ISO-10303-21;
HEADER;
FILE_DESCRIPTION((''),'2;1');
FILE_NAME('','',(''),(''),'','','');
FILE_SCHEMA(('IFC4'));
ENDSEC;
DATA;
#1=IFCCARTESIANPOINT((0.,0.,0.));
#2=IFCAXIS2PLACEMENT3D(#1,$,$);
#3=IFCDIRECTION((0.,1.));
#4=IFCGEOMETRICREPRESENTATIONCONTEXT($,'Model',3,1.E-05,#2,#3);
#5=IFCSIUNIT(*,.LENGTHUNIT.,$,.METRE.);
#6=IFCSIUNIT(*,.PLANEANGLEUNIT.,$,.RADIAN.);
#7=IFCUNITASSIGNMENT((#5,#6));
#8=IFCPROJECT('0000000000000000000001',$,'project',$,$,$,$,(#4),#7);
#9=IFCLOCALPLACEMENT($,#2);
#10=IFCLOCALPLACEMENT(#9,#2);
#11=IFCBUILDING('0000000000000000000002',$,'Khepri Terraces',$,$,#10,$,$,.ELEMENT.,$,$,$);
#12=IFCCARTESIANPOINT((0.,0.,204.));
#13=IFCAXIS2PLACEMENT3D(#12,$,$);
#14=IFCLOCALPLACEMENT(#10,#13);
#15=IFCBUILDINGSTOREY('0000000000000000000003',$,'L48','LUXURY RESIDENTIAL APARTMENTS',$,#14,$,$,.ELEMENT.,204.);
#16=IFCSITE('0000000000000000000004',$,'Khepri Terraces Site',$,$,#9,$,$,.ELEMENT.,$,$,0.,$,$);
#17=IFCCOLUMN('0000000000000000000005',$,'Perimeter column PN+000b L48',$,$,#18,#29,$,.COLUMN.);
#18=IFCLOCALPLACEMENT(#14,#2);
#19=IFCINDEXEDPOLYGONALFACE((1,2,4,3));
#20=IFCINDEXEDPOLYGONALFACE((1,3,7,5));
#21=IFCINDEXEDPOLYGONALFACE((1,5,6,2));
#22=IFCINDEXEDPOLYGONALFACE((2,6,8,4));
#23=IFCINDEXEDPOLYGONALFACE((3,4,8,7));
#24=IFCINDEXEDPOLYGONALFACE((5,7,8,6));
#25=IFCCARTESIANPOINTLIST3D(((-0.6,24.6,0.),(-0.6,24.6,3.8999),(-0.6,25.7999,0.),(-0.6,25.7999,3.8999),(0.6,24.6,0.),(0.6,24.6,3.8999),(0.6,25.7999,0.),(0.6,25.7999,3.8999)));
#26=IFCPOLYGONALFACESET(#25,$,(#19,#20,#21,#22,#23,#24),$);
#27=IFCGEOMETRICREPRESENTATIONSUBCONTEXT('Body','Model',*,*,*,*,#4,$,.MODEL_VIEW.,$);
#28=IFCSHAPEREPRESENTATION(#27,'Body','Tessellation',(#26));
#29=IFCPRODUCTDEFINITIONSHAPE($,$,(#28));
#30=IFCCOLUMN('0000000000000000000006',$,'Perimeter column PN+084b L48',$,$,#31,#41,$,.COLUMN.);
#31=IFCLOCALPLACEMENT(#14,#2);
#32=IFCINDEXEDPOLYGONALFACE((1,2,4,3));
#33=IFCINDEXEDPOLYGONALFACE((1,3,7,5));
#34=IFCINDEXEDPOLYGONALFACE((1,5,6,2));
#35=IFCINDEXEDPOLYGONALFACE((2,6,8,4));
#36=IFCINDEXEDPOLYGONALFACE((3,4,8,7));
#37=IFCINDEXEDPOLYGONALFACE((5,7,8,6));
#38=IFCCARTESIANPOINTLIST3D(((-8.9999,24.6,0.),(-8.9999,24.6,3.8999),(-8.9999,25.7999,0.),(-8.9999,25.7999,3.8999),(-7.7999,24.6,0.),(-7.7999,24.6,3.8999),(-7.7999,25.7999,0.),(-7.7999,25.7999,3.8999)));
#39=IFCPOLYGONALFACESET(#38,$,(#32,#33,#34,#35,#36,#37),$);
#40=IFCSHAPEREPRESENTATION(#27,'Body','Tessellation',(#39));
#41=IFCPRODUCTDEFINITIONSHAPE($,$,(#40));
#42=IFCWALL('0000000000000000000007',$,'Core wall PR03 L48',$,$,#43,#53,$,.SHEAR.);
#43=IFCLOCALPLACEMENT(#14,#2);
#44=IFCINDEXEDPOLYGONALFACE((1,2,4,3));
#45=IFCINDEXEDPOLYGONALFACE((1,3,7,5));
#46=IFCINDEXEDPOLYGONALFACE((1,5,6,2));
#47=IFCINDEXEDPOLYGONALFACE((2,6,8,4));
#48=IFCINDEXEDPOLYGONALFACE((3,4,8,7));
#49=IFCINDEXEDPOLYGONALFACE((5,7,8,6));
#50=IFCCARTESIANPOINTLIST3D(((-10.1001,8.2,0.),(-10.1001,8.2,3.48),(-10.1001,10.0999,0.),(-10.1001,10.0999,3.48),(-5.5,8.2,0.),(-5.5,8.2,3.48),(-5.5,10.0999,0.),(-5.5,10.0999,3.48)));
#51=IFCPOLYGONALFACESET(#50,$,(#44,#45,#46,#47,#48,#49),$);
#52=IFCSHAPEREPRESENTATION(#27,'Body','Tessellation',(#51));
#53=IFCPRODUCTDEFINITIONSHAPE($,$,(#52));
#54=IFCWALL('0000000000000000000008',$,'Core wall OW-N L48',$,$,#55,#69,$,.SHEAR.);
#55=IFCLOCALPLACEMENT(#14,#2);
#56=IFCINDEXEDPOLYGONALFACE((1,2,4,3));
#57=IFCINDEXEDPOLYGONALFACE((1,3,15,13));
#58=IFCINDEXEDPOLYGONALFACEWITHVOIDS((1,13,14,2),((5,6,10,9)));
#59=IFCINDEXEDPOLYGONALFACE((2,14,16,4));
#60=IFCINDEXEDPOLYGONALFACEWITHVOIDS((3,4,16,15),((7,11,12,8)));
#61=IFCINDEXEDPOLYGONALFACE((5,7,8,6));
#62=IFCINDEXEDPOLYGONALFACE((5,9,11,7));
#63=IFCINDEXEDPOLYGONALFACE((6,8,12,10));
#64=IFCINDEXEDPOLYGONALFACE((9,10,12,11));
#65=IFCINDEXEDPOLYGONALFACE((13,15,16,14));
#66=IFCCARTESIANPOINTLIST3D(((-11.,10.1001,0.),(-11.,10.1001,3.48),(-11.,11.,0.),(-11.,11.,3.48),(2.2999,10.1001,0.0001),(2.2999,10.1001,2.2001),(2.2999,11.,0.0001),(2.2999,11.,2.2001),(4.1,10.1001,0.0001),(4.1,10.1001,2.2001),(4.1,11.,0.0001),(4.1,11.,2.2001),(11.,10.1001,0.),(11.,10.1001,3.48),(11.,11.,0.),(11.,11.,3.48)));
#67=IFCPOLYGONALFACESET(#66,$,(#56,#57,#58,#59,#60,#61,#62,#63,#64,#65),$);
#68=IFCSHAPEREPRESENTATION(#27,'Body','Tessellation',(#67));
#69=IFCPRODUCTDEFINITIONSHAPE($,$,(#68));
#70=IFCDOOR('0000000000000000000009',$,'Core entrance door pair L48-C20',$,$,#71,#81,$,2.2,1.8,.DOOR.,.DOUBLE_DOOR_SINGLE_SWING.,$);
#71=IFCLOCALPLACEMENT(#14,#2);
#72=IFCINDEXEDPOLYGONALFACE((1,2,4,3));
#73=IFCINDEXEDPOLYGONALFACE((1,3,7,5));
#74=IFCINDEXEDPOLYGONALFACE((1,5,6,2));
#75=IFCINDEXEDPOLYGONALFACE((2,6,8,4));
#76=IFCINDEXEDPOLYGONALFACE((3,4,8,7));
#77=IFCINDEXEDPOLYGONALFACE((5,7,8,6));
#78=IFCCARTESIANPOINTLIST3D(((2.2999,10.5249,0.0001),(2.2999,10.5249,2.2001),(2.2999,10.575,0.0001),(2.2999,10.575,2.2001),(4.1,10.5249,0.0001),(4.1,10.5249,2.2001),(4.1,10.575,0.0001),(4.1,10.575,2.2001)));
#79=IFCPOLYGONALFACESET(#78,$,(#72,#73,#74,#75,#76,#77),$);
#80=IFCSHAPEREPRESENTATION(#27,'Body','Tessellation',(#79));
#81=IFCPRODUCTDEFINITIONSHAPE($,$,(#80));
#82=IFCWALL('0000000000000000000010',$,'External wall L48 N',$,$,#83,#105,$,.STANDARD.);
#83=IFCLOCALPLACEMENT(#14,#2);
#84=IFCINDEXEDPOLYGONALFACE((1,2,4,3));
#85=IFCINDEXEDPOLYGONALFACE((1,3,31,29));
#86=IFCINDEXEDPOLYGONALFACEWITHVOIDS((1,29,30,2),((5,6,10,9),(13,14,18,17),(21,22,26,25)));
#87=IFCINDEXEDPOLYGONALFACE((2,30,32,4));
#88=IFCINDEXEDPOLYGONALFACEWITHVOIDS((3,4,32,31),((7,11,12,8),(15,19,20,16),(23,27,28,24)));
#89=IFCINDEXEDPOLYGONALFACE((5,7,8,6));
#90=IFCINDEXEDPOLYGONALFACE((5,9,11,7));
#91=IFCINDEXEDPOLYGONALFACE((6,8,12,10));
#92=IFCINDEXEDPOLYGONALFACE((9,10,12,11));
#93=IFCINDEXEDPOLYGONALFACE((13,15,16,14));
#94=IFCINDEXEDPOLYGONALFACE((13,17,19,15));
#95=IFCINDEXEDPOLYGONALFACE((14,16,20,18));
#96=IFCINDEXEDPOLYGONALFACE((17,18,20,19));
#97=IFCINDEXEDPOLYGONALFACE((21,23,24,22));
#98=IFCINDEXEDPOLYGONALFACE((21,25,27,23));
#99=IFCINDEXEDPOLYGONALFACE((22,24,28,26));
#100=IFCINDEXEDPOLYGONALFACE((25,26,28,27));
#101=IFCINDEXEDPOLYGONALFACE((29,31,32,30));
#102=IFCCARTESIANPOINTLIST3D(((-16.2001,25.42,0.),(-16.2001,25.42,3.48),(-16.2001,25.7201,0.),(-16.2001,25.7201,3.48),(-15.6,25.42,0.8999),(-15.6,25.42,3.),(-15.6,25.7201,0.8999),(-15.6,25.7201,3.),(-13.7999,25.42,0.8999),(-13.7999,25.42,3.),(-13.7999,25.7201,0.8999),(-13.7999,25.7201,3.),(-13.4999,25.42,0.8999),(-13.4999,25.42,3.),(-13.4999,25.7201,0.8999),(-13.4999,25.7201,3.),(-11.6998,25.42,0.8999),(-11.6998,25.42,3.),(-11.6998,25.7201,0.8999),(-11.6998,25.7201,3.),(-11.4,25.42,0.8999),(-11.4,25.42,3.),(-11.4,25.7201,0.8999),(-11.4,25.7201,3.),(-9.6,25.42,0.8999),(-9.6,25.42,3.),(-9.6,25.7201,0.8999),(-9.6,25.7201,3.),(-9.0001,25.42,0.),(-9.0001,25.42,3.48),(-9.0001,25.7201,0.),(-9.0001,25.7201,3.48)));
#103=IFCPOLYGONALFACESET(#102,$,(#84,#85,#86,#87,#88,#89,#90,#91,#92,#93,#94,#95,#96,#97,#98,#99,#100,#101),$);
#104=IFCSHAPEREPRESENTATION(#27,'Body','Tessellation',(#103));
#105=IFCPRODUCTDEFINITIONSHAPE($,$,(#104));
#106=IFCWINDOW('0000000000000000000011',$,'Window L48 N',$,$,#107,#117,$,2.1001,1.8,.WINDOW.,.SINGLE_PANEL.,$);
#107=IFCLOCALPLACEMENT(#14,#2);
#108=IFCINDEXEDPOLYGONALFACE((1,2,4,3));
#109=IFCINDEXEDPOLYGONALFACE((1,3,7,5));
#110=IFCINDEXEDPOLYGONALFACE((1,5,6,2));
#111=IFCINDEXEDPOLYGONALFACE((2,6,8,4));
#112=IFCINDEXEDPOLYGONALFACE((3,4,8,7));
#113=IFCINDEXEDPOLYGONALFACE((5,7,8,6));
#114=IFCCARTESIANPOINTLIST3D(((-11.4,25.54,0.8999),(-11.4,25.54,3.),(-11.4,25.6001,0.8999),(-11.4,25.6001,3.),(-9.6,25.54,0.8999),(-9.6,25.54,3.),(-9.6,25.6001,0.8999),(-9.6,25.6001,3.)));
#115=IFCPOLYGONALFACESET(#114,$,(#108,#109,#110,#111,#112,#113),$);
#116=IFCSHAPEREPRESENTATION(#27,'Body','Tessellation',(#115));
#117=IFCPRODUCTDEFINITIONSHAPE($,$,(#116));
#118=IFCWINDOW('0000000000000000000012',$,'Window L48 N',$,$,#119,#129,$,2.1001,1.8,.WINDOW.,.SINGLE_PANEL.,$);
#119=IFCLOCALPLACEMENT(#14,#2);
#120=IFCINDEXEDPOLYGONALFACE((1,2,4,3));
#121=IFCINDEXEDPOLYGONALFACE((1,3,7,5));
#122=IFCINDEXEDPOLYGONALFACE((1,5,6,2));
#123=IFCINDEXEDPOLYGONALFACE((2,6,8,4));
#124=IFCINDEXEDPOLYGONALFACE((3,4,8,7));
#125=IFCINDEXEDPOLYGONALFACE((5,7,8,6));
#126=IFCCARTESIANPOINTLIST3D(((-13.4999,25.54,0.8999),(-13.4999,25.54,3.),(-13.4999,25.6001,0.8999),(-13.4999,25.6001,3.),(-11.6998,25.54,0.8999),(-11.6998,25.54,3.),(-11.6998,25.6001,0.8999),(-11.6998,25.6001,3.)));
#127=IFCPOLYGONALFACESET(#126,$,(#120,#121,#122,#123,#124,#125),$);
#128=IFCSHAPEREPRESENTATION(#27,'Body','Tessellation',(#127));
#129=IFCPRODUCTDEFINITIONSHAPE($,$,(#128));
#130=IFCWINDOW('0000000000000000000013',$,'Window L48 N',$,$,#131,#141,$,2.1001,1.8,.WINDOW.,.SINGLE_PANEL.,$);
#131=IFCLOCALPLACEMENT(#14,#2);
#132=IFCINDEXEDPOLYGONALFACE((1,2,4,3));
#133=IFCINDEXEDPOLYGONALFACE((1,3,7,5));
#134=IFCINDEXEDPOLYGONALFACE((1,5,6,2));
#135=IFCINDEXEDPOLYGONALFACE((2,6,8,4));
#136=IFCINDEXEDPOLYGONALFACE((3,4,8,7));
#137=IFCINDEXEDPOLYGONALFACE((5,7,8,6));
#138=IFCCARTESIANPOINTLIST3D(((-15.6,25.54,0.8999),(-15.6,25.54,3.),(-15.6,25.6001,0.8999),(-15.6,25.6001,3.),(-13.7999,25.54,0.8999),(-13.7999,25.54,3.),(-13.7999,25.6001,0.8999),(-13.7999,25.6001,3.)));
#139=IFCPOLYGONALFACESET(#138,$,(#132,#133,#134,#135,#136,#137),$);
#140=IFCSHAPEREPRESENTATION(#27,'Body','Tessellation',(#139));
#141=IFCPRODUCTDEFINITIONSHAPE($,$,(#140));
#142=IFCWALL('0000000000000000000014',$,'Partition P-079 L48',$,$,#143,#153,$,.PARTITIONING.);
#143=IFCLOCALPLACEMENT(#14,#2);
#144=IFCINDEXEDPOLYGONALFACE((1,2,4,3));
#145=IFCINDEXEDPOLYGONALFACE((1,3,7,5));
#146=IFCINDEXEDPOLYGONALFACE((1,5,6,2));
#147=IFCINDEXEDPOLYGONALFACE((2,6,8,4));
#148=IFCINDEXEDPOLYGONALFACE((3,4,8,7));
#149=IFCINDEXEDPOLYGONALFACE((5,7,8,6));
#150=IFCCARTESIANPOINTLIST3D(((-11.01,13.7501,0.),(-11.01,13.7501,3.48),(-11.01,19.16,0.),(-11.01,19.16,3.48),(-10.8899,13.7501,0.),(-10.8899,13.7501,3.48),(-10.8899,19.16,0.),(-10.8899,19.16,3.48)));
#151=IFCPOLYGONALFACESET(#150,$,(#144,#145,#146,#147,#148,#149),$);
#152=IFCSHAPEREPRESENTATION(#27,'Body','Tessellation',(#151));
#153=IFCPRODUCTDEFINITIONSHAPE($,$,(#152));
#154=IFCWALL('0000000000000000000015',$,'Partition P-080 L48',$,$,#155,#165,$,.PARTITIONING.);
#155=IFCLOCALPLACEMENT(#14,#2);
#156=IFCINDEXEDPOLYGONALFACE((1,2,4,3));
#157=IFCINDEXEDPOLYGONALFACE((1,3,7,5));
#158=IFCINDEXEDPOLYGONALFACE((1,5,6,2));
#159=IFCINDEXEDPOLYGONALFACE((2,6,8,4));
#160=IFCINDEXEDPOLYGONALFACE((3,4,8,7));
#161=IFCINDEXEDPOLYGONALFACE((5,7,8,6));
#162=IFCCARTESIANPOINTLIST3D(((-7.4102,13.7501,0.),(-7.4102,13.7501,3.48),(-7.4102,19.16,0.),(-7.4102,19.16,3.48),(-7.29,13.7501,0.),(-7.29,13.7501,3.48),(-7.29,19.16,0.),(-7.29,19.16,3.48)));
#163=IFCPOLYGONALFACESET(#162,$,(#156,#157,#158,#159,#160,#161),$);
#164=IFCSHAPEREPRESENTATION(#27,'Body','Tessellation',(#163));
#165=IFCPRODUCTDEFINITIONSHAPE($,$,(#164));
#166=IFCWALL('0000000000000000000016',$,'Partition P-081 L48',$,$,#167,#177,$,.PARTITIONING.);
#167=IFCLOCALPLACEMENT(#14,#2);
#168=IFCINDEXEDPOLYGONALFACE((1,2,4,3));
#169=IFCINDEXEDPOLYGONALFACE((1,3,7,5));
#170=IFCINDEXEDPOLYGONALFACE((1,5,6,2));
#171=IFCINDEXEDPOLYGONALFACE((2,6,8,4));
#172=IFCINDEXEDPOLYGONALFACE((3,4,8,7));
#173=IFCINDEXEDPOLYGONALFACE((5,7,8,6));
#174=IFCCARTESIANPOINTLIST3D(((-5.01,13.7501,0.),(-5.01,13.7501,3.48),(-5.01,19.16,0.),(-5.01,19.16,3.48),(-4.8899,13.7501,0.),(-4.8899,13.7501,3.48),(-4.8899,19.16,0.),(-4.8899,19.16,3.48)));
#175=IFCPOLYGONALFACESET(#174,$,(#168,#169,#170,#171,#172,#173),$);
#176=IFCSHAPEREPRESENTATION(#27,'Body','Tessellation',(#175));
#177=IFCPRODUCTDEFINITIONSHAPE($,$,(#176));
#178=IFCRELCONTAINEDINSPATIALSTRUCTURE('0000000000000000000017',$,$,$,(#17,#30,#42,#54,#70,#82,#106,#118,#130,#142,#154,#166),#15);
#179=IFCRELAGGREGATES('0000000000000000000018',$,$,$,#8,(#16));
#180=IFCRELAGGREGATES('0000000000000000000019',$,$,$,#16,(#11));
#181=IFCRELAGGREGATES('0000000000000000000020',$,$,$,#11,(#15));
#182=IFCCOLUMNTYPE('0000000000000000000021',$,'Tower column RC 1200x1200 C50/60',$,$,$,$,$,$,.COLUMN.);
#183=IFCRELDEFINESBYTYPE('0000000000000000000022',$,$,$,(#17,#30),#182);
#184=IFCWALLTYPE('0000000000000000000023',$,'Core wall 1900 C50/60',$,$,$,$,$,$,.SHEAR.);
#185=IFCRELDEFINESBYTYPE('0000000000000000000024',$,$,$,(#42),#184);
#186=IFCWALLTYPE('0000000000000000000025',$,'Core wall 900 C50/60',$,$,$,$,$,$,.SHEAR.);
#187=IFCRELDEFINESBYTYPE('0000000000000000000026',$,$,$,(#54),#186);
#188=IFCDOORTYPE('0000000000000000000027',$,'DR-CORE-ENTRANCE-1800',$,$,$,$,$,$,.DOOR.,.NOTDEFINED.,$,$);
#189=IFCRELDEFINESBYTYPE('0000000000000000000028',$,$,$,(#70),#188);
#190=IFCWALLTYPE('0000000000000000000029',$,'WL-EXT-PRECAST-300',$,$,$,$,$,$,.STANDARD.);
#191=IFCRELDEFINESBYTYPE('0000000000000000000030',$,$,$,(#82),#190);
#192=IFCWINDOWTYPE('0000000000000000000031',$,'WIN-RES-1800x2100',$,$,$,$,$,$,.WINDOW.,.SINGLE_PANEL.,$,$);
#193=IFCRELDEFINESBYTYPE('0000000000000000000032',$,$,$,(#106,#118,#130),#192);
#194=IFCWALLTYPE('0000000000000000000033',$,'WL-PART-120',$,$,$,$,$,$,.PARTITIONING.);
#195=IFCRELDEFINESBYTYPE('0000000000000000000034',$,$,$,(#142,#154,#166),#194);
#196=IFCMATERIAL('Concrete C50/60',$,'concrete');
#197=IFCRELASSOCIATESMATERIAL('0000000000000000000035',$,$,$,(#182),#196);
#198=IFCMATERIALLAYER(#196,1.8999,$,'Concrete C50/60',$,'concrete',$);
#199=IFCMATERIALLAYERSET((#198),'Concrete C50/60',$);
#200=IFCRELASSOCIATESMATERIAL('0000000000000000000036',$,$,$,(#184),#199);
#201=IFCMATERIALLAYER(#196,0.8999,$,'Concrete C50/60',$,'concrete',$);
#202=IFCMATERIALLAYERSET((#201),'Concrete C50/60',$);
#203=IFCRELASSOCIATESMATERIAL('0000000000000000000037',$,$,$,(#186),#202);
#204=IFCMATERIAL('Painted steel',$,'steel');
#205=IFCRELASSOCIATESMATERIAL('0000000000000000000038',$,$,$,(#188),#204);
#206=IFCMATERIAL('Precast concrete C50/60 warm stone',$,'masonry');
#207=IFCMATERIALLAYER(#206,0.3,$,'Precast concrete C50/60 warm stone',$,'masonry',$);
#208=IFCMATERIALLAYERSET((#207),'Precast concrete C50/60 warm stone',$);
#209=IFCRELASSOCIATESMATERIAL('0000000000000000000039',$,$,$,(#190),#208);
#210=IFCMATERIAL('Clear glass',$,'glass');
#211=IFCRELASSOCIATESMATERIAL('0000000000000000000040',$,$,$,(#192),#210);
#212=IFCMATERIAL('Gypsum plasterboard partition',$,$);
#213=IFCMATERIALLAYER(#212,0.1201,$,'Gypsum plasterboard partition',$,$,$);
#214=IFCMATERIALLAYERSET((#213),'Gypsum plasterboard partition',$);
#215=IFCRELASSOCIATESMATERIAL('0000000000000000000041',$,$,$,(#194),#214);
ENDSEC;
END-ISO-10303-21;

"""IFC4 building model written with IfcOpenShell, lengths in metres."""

from ifc_helpers import new_model, si_unit, direction, frame, frame_2d, origin, origin_2d, place, context, subcontext, project, spatial, rectangle, extrude, material, layer, layer_set, material_profile, profile_set, type_object, element, fill, save


model = new_model("IFC4")

# Units and contexts
model_context = context("Model", 3, precision=1e-05, world=origin(), true_north=direction((0.0, 1.0)))
body_context = subcontext(model_context, "Body", "Model", "MODEL_VIEW")
ifc_project = project(units=[si_unit("LENGTHUNIT", "METRE"), si_unit("PLANEANGLEUNIT", "RADIAN")], contexts=[model_context])

# Site, building, storey
site_placement = place(None, origin())
site = spatial("IfcSite", under=ifc_project, at=site_placement, Name="Khepri Terraces Site", CompositionType="ELEMENT", RefElevation=0.0)
building_placement = place(site_placement, origin())
building = spatial("IfcBuilding", under=site, at=building_placement, Name="Khepri Terraces", CompositionType="ELEMENT")
storey_placement = place(building_placement, frame((0.0, 0.0, 204.0)))
storey = spatial("IfcBuildingStorey", under=building, at=storey_placement, Name="L48", Description="LUXURY RESIDENTIAL APARTMENTS", CompositionType="ELEMENT", Elevation=204.0)

# Columns
ifc_material_1 = material(Name="Concrete C50/60", Category="concrete")
ifc_material_profile = material_profile(ifc_material_1, rectangle(XDim=1.2, YDim=1.2, at=origin_2d()), Name="Concrete C50/60", Category="concrete")
ifc_profile_set = profile_set([ifc_material_profile], Name="Concrete C50/60")
column_type = type_object("IfcColumnType", Name="Tower column RC 1200x1200 C50/60", PredefinedType="COLUMN", material=ifc_profile_set)
for number, where, z_axis, x_axis, name in (
    (1, (0.0, 25.2, 0.0), (0.0, 0.0, 1.0), (1.0, 0.0, 0.0), "Perimeter column PN+000b L48"),
    (2, (-8.3999, 25.2, 0.0), (0.0, 0.0, 1.0), (1.0, 0.0, 0.0), "Perimeter column PN+084b L48"),
):
    element("IfcColumn", number, at=place(storey_placement, frame(where, z_axis=z_axis, x_axis=x_axis)), inside=storey, type_object=column_type, Name=name, PredefinedType="COLUMN", context=body_context, shape_type="SweptSolid", body=[
        extrude(rectangle(XDim=1.2, YDim=1.2, at=origin_2d()), origin(), (0.0, 0.0, 1.0), 3.8999),
    ])

# Wall
ifc_layer_1 = layer(ifc_material_1, 1.8999, Name="Concrete C50/60", Category="concrete")
ifc_layer_set_1 = layer_set([ifc_layer_1], Name="Concrete C50/60")
wall_type_1 = type_object("IfcWallType", Name="Core wall 1900 C50/60", PredefinedType="SHEAR", material=ifc_layer_set_1)
wall_1_placement = place(storey_placement, frame((-10.1001, 9.1499, 0.0), z_axis=(0.0, 0.0, 1.0), x_axis=(1.0, 0.0, 0.0)))
element("IfcWall", 3, at=wall_1_placement, inside=storey, type_object=wall_type_1, Name="Core wall PR03 L48", PredefinedType="SHEAR", context=body_context, shape_type="SweptSolid", body=[
    extrude(rectangle(XDim=4.6001, YDim=1.8999, at=frame_2d((2.3, 0.0))), origin(), (0.0, 0.0, 1.0), 3.48),
])

# Wall, opening, door
ifc_layer_2 = layer(ifc_material_1, 0.8999, Name="Concrete C50/60", Category="concrete")
ifc_layer_set_2 = layer_set([ifc_layer_2], Name="Concrete C50/60")
wall_type_2 = type_object("IfcWallType", Name="Core wall 900 C50/60", PredefinedType="SHEAR", material=ifc_layer_set_2)
wall_2_placement = place(storey_placement, frame((-11.0, 10.55, 0.0), z_axis=(0.0, 0.0, 1.0), x_axis=(1.0, 0.0, 0.0)))
wall_2 = element("IfcWall", 4, at=wall_2_placement, inside=storey, type_object=wall_type_2, Name="Core wall OW-N L48", PredefinedType="SHEAR", context=body_context, shape_type="SweptSolid", body=[
    extrude(rectangle(XDim=22.0, YDim=0.8999, at=frame_2d((11.0, 0.0))), origin(), (0.0, 0.0, 1.0), 3.48),
])
opening_1_placement = place(wall_2_placement, frame((13.3, 0.0, 0.0)))
opening_1 = element("IfcOpeningElement", 5, at=opening_1_placement, cuts=wall_2, PredefinedType="OPENING", context=body_context, shape_type="SweptSolid", body=[
    extrude(rectangle(XDim=1.8, YDim=2.2, at=frame_2d((0.8999, 1.1001))), frame((0.0, 0.46, 0.0), z_axis=(0.0, -1.0, 0.0), x_axis=(1.0, 0.0, 0.0)), (0.0, 0.0, 1.0), 0.9199),
])
ifc_material_2 = material(Name="Painted steel", Category="steel")
door_type_1 = type_object("IfcDoorType", Name="DR-CORE-ENTRANCE-1800", OperationType="NOTDEFINED", PredefinedType="DOOR", material=ifc_material_2)
door_1_placement = place(opening_1_placement, origin())
door_1 = element("IfcDoor", 6, at=door_1_placement, inside=storey, type_object=door_type_1, Name="Core entrance door pair L48-C20", OperationType="DOUBLE_DOOR_SINGLE_SWING", OverallHeight=2.2, OverallWidth=1.8, PredefinedType="DOOR", context=body_context, shape_type="SweptSolid", body=[
    extrude(rectangle(XDim=1.8, YDim=2.2, at=frame_2d((0.8999, 1.1001))), frame((0.0, 0.0249, 0.0), z_axis=(0.0, -1.0, 0.0), x_axis=(1.0, 0.0, 0.0)), (0.0, 0.0, 1.0), 0.05),
])
fill(opening_1, door_1)

# Shared definitions
ifc_material_3 = material(Name="Precast concrete C50/60 warm stone", Category="masonry")
ifc_layer_3 = layer(ifc_material_3, 0.3, Name="Precast concrete C50/60 warm stone", Category="masonry")
ifc_layer_set_3 = layer_set([ifc_layer_3], Name="Precast concrete C50/60 warm stone")
wall_type_3 = type_object("IfcWallType", Name="WL-EXT-PRECAST-300", PredefinedType="STANDARD", material=ifc_layer_set_3)
ifc_material_4 = material(Name="Clear glass", Category="glass")
window_type = type_object("IfcWindowType", Name="WIN-RES-1800x2100", PartitioningType="SINGLE_PANEL", PredefinedType="WINDOW", material=ifc_material_4)

# Wall, openings, windows
wall_3_placement = place(storey_placement, frame((-9.0, 25.5701, 0.0), z_axis=(0.0, 0.0, 1.0), x_axis=(-1.0, 0.0, 0.0)))
wall_3 = element("IfcWall", 7, at=wall_3_placement, inside=storey, type_object=wall_type_3, Name="External wall L48 N", PredefinedType="STANDARD", context=body_context, shape_type="SweptSolid", body=[
    extrude(rectangle(XDim=7.2, YDim=0.3, at=frame_2d((3.6001, 0.0))), origin(), (0.0, 0.0, 1.0), 3.48),
])
opening_2_placement = place(wall_3_placement, frame((0.6001, 0.0, 0.8999)))
opening_2 = element("IfcOpeningElement", 8, at=opening_2_placement, cuts=wall_3, PredefinedType="OPENING", context=body_context, shape_type="SweptSolid", body=[
    extrude(rectangle(XDim=1.8, YDim=2.1001, at=frame_2d((0.8999, 1.05))), frame((0.0, 0.1602, 0.0), z_axis=(0.0, -1.0, 0.0), x_axis=(1.0, 0.0, 0.0)), (0.0, 0.0, 1.0), 0.3201),
])
opening_3_placement = place(wall_3_placement, frame((2.7, 0.0, 0.8999)))
opening_3 = element("IfcOpeningElement", 9, at=opening_3_placement, cuts=wall_3, PredefinedType="OPENING", context=body_context, shape_type="SweptSolid", body=[
    extrude(rectangle(XDim=1.8, YDim=2.1001, at=frame_2d((0.8999, 1.05))), frame((0.0, 0.1602, 0.0), z_axis=(0.0, -1.0, 0.0), x_axis=(1.0, 0.0, 0.0)), (0.0, 0.0, 1.0), 0.3201),
])
opening_4_placement = place(wall_3_placement, frame((4.8, 0.0, 0.8999)))
opening_4 = element("IfcOpeningElement", 10, at=opening_4_placement, cuts=wall_3, PredefinedType="OPENING", context=body_context, shape_type="SweptSolid", body=[
    extrude(rectangle(XDim=1.8, YDim=2.1001, at=frame_2d((0.8999, 1.05))), frame((0.0, 0.1602, 0.0), z_axis=(0.0, -1.0, 0.0), x_axis=(1.0, 0.0, 0.0)), (0.0, 0.0, 1.0), 0.3201),
])
window_1_placement = place(opening_2_placement, origin())
window_1 = element("IfcWindow", 11, at=window_1_placement, inside=storey, type_object=window_type, Name="Window L48 N", OverallHeight=2.1001, OverallWidth=1.8, PartitioningType="SINGLE_PANEL", PredefinedType="WINDOW", context=body_context, shape_type="SweptSolid", body=[
    extrude(rectangle(XDim=1.8, YDim=2.1001, at=frame_2d((0.8999, 1.05))), frame((0.0, 0.03, 0.0), z_axis=(0.0, -1.0, 0.0), x_axis=(1.0, 0.0, 0.0)), (0.0, 0.0, 1.0), 0.0601),
])
fill(opening_2, window_1)
window_2_placement = place(opening_3_placement, origin())
window_2 = element("IfcWindow", 12, at=window_2_placement, inside=storey, type_object=window_type, Name="Window L48 N", OverallHeight=2.1001, OverallWidth=1.8, PartitioningType="SINGLE_PANEL", PredefinedType="WINDOW", context=body_context, shape_type="SweptSolid", body=[
    extrude(rectangle(XDim=1.8, YDim=2.1001, at=frame_2d((0.8999, 1.05))), frame((0.0, 0.03, 0.0), z_axis=(0.0, -1.0, 0.0), x_axis=(1.0, 0.0, 0.0)), (0.0, 0.0, 1.0), 0.0601),
])
fill(opening_3, window_2)
window_3_placement = place(opening_4_placement, origin())
window_3 = element("IfcWindow", 13, at=window_3_placement, inside=storey, type_object=window_type, Name="Window L48 N", OverallHeight=2.1001, OverallWidth=1.8, PartitioningType="SINGLE_PANEL", PredefinedType="WINDOW", context=body_context, shape_type="SweptSolid", body=[
    extrude(rectangle(XDim=1.8, YDim=2.1001, at=frame_2d((0.8999, 1.05))), frame((0.0, 0.03, 0.0), z_axis=(0.0, -1.0, 0.0), x_axis=(1.0, 0.0, 0.0)), (0.0, 0.0, 1.0), 0.0601),
])
fill(opening_4, window_3)

# Walls
ifc_material_5 = material(Name="Gypsum plasterboard partition")
ifc_layer_4 = layer(ifc_material_5, 0.1201, Name="Gypsum plasterboard partition")
ifc_layer_set_4 = layer_set([ifc_layer_4], Name="Gypsum plasterboard partition")
wall_type_4 = type_object("IfcWallType", Name="WL-PART-120", PredefinedType="PARTITIONING", material=ifc_layer_set_4)
for number, where, z_axis, x_axis, name in (
    (14, (-10.95, 13.75, 0.0), (0.0, 0.0, 1.0), (0.0, 1.0, 0.0), "Partition P-079 L48"),
    (15, (-7.3501, 13.75, 0.0), (0.0, 0.0, 1.0), (0.0, 1.0, 0.0), "Partition P-080 L48"),
    (16, (-4.95, 13.75, 0.0), (0.0, 0.0, 1.0), (0.0, 1.0, 0.0), "Partition P-081 L48"),
):
    element("IfcWall", number, at=place(storey_placement, frame(where, z_axis=z_axis, x_axis=x_axis)), inside=storey, type_object=wall_type_4, Name=name, PredefinedType="PARTITIONING", context=body_context, shape_type="SweptSolid", body=[
        extrude(rectangle(XDim=5.4099, YDim=0.1201, at=frame_2d((2.7051, 0.0))), origin(), (0.0, 0.0, 1.0), 3.48),
    ])

save(model, "model.ifc")
